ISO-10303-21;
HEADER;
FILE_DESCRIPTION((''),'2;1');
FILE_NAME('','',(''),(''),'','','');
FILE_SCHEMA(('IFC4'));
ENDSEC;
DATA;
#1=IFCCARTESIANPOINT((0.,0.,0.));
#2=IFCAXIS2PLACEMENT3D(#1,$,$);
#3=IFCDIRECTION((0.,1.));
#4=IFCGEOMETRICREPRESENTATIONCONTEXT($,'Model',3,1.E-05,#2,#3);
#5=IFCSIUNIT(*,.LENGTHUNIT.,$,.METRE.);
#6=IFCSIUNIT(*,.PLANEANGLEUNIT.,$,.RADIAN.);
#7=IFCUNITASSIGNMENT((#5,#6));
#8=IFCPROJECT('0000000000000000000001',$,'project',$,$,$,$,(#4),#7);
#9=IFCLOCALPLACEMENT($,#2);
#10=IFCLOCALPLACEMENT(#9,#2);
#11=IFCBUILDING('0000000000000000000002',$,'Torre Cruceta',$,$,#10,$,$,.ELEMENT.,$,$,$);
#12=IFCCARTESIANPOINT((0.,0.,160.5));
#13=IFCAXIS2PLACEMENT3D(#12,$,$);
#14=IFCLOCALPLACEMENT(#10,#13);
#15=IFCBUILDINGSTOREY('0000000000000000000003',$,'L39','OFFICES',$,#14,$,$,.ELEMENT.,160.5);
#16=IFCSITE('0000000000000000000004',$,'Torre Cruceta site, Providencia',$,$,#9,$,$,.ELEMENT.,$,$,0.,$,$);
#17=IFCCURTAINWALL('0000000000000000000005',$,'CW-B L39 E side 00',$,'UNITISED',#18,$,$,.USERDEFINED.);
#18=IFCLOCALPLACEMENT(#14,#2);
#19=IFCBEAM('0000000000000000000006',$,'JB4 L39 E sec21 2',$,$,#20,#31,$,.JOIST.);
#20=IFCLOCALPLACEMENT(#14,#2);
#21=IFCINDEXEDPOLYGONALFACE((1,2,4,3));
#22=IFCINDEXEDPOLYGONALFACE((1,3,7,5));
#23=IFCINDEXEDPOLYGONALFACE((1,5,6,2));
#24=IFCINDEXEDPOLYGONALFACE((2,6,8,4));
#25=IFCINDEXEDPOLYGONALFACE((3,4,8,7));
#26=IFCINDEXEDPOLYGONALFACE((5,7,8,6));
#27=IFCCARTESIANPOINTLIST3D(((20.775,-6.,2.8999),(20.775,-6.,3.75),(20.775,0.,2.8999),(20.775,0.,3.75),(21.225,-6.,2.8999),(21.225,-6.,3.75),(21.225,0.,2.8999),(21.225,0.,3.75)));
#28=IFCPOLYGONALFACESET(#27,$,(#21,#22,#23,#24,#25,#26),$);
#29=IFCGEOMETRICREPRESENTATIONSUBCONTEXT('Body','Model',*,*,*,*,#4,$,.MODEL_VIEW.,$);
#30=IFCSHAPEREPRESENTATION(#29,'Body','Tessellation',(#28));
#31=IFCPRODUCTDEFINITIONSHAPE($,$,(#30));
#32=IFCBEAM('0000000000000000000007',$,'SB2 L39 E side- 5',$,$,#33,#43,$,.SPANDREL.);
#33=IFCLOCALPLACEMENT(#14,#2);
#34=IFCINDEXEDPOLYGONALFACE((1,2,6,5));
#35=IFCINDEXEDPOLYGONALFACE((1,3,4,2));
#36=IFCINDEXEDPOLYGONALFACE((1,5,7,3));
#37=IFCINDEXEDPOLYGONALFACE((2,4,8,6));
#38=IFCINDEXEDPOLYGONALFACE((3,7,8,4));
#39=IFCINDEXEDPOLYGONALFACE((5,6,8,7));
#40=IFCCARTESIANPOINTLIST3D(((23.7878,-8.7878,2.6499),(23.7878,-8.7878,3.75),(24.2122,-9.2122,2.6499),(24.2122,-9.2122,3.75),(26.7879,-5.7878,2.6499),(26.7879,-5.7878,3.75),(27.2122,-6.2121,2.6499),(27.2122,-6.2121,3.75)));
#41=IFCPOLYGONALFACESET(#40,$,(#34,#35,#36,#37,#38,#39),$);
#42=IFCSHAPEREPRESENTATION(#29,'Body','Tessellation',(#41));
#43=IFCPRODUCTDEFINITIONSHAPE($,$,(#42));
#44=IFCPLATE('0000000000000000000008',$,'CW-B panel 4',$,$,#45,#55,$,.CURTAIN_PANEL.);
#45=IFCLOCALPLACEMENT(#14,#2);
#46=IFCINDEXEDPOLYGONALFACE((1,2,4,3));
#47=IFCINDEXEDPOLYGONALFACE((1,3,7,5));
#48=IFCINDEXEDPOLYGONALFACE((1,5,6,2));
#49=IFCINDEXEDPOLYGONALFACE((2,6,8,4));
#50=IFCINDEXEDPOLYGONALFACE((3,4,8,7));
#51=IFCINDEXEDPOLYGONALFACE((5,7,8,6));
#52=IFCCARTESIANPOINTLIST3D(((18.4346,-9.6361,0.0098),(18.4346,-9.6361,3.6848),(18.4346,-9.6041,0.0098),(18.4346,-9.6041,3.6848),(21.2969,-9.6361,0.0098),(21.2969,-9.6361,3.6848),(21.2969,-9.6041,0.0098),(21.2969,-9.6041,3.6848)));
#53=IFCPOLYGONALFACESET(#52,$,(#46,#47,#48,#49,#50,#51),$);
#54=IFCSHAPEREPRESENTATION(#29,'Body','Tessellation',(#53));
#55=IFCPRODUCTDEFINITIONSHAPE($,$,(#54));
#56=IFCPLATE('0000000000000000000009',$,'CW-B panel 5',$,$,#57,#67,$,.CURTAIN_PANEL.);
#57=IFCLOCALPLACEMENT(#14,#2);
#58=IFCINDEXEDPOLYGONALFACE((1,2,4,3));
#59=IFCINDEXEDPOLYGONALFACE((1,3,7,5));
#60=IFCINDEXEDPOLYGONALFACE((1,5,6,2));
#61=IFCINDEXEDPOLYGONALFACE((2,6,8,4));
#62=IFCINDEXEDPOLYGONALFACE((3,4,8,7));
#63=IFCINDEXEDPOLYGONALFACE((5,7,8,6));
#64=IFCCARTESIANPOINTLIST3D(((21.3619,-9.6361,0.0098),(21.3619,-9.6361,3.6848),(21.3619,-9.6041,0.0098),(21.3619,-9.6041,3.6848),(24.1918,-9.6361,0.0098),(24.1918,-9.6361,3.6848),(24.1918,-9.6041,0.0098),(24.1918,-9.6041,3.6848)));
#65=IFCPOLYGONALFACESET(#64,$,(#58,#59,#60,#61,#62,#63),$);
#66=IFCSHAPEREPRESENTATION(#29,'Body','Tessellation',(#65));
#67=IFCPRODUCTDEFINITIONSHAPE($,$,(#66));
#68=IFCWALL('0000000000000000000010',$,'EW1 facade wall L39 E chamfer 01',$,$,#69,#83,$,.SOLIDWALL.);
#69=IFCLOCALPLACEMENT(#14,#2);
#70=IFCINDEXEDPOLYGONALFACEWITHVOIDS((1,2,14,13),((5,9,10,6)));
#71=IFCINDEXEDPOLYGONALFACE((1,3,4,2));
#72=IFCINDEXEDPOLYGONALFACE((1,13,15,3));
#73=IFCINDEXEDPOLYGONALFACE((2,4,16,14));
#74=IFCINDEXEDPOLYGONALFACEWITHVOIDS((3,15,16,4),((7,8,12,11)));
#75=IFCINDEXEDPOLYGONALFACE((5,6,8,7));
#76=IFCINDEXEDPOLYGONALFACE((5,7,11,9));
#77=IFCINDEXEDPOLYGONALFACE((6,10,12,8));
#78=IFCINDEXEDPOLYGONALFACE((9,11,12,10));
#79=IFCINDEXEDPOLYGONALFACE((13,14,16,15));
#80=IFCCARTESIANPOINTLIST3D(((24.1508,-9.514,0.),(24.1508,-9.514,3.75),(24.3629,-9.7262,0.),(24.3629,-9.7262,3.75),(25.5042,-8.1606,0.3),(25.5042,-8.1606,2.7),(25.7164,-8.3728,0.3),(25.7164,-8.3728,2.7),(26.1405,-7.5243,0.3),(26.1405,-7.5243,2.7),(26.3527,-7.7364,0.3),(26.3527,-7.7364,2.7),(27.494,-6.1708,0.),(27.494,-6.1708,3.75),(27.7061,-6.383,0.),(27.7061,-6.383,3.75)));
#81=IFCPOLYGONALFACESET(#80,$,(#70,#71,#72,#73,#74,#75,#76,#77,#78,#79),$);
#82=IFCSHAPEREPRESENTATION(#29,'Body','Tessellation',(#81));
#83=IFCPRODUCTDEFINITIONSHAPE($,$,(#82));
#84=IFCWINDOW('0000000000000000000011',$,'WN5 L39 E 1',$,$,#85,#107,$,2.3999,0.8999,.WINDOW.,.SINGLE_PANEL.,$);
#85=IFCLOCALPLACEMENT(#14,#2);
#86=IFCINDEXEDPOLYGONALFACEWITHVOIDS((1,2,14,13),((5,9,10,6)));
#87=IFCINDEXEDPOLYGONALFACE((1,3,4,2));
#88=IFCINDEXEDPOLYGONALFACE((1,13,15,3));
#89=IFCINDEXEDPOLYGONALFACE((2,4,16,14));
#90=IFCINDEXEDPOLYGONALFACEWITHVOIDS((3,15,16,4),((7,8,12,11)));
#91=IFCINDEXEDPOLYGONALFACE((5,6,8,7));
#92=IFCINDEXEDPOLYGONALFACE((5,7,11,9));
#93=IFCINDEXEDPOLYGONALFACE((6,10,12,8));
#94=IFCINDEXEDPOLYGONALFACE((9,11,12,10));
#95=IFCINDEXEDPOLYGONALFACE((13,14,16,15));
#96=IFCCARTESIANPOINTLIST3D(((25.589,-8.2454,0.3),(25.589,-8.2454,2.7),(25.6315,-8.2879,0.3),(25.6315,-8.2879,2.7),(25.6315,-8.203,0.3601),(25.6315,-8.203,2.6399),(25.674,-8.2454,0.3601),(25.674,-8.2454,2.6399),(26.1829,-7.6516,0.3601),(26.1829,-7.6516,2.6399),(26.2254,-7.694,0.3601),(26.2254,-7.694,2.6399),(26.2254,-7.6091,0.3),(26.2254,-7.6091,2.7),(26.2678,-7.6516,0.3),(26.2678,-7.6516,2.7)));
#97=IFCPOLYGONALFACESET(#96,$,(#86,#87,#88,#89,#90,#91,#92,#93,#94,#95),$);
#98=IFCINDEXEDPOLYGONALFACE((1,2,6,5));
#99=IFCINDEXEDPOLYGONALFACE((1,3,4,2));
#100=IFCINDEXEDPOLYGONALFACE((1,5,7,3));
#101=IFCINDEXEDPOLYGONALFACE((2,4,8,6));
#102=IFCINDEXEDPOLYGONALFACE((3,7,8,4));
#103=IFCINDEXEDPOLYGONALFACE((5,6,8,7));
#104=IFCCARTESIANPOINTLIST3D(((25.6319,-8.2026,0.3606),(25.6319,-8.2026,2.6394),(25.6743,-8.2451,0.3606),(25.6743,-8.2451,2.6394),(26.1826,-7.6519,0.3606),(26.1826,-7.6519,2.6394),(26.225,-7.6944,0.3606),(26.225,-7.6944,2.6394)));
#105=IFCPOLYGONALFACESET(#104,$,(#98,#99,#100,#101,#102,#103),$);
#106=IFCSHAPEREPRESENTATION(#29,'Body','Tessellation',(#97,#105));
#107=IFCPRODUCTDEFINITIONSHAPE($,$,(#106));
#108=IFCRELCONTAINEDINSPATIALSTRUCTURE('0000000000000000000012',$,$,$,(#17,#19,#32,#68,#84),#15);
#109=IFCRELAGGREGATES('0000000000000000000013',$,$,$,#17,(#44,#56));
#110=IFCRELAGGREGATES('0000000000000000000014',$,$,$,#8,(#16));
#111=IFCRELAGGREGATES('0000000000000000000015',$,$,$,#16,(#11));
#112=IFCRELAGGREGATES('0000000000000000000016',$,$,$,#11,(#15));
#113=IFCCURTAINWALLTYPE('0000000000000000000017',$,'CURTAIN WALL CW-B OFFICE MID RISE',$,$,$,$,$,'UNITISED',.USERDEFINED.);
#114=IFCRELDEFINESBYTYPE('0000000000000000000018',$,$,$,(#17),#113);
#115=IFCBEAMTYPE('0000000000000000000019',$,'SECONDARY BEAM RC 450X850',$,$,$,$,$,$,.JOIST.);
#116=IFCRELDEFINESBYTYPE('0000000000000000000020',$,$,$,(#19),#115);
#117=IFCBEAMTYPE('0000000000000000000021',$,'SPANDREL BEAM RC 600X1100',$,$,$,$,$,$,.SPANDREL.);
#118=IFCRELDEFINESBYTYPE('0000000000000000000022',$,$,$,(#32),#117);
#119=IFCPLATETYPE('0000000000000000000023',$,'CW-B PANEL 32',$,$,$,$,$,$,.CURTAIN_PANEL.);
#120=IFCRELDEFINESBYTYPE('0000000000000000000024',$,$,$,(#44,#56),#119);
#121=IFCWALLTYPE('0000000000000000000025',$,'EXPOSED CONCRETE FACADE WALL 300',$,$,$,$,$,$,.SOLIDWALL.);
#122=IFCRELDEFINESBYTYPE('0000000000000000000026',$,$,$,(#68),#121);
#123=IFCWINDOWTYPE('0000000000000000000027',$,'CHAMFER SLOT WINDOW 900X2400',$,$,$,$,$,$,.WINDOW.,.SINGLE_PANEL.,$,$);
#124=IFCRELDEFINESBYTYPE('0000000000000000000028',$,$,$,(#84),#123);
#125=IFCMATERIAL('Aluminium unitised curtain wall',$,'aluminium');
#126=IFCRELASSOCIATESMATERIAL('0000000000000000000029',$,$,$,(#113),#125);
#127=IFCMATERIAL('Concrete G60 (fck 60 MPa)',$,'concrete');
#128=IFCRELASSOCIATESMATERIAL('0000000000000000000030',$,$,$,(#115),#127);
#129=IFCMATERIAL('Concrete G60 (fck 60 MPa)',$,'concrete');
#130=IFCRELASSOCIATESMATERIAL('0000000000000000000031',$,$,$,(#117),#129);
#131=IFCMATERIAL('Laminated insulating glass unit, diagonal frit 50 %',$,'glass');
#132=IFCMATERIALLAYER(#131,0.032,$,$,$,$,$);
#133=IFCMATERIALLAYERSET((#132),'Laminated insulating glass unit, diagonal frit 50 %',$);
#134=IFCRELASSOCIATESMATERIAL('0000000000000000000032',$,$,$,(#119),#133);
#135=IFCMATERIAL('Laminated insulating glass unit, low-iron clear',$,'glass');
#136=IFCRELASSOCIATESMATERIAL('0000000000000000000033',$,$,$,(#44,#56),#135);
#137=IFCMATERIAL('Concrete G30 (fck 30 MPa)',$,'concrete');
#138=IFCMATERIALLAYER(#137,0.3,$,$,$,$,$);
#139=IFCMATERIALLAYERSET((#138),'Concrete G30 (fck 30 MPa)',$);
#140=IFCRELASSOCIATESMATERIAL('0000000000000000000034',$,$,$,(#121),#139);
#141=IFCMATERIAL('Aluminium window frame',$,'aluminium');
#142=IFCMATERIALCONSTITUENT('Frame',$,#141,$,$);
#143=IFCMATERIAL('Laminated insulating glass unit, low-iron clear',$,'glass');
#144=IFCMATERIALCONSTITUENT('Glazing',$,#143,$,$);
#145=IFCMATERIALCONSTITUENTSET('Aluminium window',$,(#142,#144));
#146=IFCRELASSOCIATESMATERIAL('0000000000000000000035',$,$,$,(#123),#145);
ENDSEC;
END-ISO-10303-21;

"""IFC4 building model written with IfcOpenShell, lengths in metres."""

from ifc_helpers import new_model, si_unit, direction, frame, frame_2d, origin, origin_2d, place, context, subcontext, project, spatial, rectangle, hollow_rectangle, extrude, material, layer, layer_set, constituent, constituent_set, material_profile, profile_set, type_object, element, fill, aggregate, save


model = new_model("IFC4")

# Units and contexts
model_context = context("Model", 3, precision=1e-05, world=origin(), true_north=direction((0.0, 1.0)))
body_context = subcontext(model_context, "Body", "Model", "MODEL_VIEW")
ifc_project = project(units=[si_unit("LENGTHUNIT", "METRE"), si_unit("PLANEANGLEUNIT", "RADIAN")], contexts=[model_context])

# Site, building, storey
site_placement = place(None, origin())
site = spatial("IfcSite", under=ifc_project, at=site_placement, Name="Torre Cruceta site, Providencia", CompositionType="ELEMENT", RefElevation=0.0)
building_placement = place(site_placement, origin())
building = spatial("IfcBuilding", under=site, at=building_placement, Name="Torre Cruceta", CompositionType="ELEMENT")
storey_placement = place(building_placement, frame((0.0, 0.0, 160.5)))
storey = spatial("IfcBuildingStorey", under=building, at=storey_placement, Name="L39", Description="OFFICES", CompositionType="ELEMENT", Elevation=160.5)

# Curtain wall
ifc_material_1 = material(Name="Aluminium unitised curtain wall", Category="aluminium")
curtain_wall_type = type_object("IfcCurtainWallType", Name="CURTAIN WALL CW-B OFFICE MID RISE", ElementType="UNITISED", PredefinedType="USERDEFINED", material=ifc_material_1)
curtain_wall_placement = place(storey_placement, origin())
curtain_wall = element("IfcCurtainWall", 1, at=curtain_wall_placement, inside=storey, type_object=curtain_wall_type, Name="CW-B L39 E side 00", ObjectType="UNITISED", PredefinedType="USERDEFINED")

# Beams
ifc_material_2 = material(Name="Concrete G60 (fck 60 MPa)", Category="concrete")
ifc_material_profile_1 = material_profile(ifc_material_2, rectangle(XDim=0.45, YDim=0.8501, at=origin_2d()), Name="RC 450X850")
ifc_profile_set_1 = profile_set([ifc_material_profile_1], Name="Concrete G60 (fck 60 MPa)")
beam_type_1 = type_object("IfcBeamType", Name="SECONDARY BEAM RC 450X850", PredefinedType="JOIST", material=ifc_profile_set_1)
beam_1_placement = place(storey_placement, frame((21.0, -6.0, 3.325), z_axis=(0.0, 1.0, 0.0), x_axis=(-1.0, 0.0, 0.0)))
element("IfcBeam", 2, at=beam_1_placement, inside=storey, type_object=beam_type_1, Name="JB4 L39 E sec21 2", PredefinedType="JOIST", context=body_context, shape_type="SweptSolid", body=[
    extrude(rectangle(XDim=0.45, YDim=0.8501, at=origin_2d()), origin(), (0.0, 0.0, 1.0), 6.0),
])
ifc_material_3 = material(Name="Concrete G60 (fck 60 MPa)", Category="concrete")
ifc_material_profile_2 = material_profile(ifc_material_3, rectangle(XDim=0.6001, YDim=1.1001, at=origin_2d()), Name="RC 600X1100")
ifc_profile_set_2 = profile_set([ifc_material_profile_2], Name="Concrete G60 (fck 60 MPa)")
beam_type_2 = type_object("IfcBeamType", Name="SPANDREL BEAM RC 600X1100", PredefinedType="SPANDREL", material=ifc_profile_set_2)
beam_2_placement = place(storey_placement, frame((24.0, -9.0, 3.2), z_axis=(0.707107, 0.707107, 0.0), x_axis=(-0.707107, 0.707107, 0.0)))
element("IfcBeam", 3, at=beam_2_placement, inside=storey, type_object=beam_type_2, Name="SB2 L39 E side- 5", PredefinedType="SPANDREL", context=body_context, shape_type="SweptSolid", body=[
    extrude(rectangle(XDim=0.6001, YDim=1.1001, at=origin_2d()), origin(), (0.0, 0.0, 1.0), 4.2427),
])

# Plates
ifc_material_4 = material(Name="Laminated insulating glass unit, low-iron clear", Category="glass")
ifc_material_5 = material(Name="Laminated insulating glass unit, diagonal frit 50 %", Category="glass")
ifc_layer_1 = layer(ifc_material_5, 0.032)
ifc_layer_set_1 = layer_set([ifc_layer_1], Name="Laminated insulating glass unit, diagonal frit 50 %")
plate_type = type_object("IfcPlateType", Name="CW-B PANEL 32", PredefinedType="CURTAIN_PANEL", material=ifc_layer_set_1)
plate_1_placement = place(storey_placement, frame((19.8657, -9.6201, 0.0098), z_axis=(0.0, 0.0, 1.0), x_axis=(1.0, 0.0, 0.0)))
plate_1 = element("IfcPlate", 4, at=plate_1_placement, type_object=plate_type, material=ifc_material_4, Name="CW-B panel 4", PredefinedType="CURTAIN_PANEL", context=body_context, shape_type="SweptSolid", body=[
    extrude(rectangle(XDim=2.8623, YDim=0.032, at=origin_2d()), origin(), (0.0, 0.0, 1.0), 3.675),
])
plate_2_placement = place(storey_placement, frame((22.7769, -9.6201, 0.0098), z_axis=(0.0, 0.0, 1.0), x_axis=(1.0, 0.0, 0.0)))
plate_2 = element("IfcPlate", 5, at=plate_2_placement, type_object=plate_type, material=ifc_material_4, Name="CW-B panel 5", PredefinedType="CURTAIN_PANEL", context=body_context, shape_type="SweptSolid", body=[
    extrude(rectangle(XDim=2.8298, YDim=0.032, at=origin_2d()), origin(), (0.0, 0.0, 1.0), 3.675),
])
aggregate(curtain_wall, [plate_1, plate_2])

# Wall, opening, window
ifc_material_6 = material(Name="Concrete G30 (fck 30 MPa)", Category="concrete")
ifc_layer_2 = layer(ifc_material_6, 0.3)
ifc_layer_set_2 = layer_set([ifc_layer_2], Name="Concrete G30 (fck 30 MPa)")
wall_type_1 = type_object("IfcWallType", Name="EXPOSED CONCRETE FACADE WALL 300", PredefinedType="SOLIDWALL", material=ifc_layer_set_2)
wall_1_placement = place(storey_placement, frame((24.2568, -9.6201, 0.0), z_axis=(0.0, 0.0, 1.0), x_axis=(0.707107, 0.707107, 0.0)))
wall_1 = element("IfcWall", 6, at=wall_1_placement, inside=storey, type_object=wall_type_1, Name="EW1 facade wall L39 E chamfer 01", PredefinedType="SOLIDWALL", context=body_context, shape_type="SweptSolid", body=[
    extrude(rectangle(XDim=4.728, YDim=0.3, at=frame_2d((2.364, 0.0))), origin(), (0.0, 0.0, 1.0), 3.75),
])
opening_1_placement = place(wall_1_placement, frame((1.9141, 0.0, 0.3)))
opening_1 = element("IfcOpeningElement", 7, at=opening_1_placement, cuts=wall_1, PredefinedType="OPENING", context=body_context, shape_type="SweptSolid", body=[
    extrude(rectangle(XDim=0.8999, YDim=2.3999, at=frame_2d((0.45, 1.2))), frame((0.0, 0.1599, 0.0), z_axis=(0.0, -1.0, 0.0), x_axis=(1.0, 0.0, 0.0)), (0.0, 0.0, 1.0), 0.3201),
])
ifc_material_7 = material(Name="Aluminium window frame", Category="aluminium")
ifc_constituent_1 = constituent(ifc_material_7, Name="Frame")
ifc_material_8 = material(Name="Laminated insulating glass unit, low-iron clear", Category="glass")
ifc_constituent_2 = constituent(ifc_material_8, Name="Glazing")
ifc_constituent_set_1 = constituent_set(constituents=[ifc_constituent_1, ifc_constituent_2], Name="Aluminium window")
window_type_1 = type_object("IfcWindowType", Name="CHAMFER SLOT WINDOW 900X2400", PartitioningType="SINGLE_PANEL", PredefinedType="WINDOW", material=ifc_constituent_set_1)
window_1_placement = place(opening_1_placement, origin())
window_1 = element("IfcWindow", 8, at=window_1_placement, inside=storey, type_object=window_type_1, Name="WN5 L39 E 1", OverallHeight=2.3999, OverallWidth=0.8999, PartitioningType="SINGLE_PANEL", PredefinedType="WINDOW", context=body_context, shape_type="SweptSolid", body=[
    extrude(hollow_rectangle(XDim=0.8999, YDim=2.3999, WallThickness=0.0601, at=frame_2d((0.45, 1.2))), frame((0.0, 0.03, 0.0), z_axis=(0.0, -1.0, 0.0), x_axis=(1.0, 0.0, 0.0)), (0.0, 0.0, 1.0), 0.0601),
    extrude(rectangle(XDim=0.7788, YDim=2.2788, at=frame_2d((0.45, 1.2))), frame((0.0, 0.03, 0.0), z_axis=(0.0, -1.0, 0.0), x_axis=(1.0, 0.0, 0.0)), (0.0, 0.0, 1.0), 0.0601),
])
fill(opening_1, window_1)

save(model, "model.ifc")
